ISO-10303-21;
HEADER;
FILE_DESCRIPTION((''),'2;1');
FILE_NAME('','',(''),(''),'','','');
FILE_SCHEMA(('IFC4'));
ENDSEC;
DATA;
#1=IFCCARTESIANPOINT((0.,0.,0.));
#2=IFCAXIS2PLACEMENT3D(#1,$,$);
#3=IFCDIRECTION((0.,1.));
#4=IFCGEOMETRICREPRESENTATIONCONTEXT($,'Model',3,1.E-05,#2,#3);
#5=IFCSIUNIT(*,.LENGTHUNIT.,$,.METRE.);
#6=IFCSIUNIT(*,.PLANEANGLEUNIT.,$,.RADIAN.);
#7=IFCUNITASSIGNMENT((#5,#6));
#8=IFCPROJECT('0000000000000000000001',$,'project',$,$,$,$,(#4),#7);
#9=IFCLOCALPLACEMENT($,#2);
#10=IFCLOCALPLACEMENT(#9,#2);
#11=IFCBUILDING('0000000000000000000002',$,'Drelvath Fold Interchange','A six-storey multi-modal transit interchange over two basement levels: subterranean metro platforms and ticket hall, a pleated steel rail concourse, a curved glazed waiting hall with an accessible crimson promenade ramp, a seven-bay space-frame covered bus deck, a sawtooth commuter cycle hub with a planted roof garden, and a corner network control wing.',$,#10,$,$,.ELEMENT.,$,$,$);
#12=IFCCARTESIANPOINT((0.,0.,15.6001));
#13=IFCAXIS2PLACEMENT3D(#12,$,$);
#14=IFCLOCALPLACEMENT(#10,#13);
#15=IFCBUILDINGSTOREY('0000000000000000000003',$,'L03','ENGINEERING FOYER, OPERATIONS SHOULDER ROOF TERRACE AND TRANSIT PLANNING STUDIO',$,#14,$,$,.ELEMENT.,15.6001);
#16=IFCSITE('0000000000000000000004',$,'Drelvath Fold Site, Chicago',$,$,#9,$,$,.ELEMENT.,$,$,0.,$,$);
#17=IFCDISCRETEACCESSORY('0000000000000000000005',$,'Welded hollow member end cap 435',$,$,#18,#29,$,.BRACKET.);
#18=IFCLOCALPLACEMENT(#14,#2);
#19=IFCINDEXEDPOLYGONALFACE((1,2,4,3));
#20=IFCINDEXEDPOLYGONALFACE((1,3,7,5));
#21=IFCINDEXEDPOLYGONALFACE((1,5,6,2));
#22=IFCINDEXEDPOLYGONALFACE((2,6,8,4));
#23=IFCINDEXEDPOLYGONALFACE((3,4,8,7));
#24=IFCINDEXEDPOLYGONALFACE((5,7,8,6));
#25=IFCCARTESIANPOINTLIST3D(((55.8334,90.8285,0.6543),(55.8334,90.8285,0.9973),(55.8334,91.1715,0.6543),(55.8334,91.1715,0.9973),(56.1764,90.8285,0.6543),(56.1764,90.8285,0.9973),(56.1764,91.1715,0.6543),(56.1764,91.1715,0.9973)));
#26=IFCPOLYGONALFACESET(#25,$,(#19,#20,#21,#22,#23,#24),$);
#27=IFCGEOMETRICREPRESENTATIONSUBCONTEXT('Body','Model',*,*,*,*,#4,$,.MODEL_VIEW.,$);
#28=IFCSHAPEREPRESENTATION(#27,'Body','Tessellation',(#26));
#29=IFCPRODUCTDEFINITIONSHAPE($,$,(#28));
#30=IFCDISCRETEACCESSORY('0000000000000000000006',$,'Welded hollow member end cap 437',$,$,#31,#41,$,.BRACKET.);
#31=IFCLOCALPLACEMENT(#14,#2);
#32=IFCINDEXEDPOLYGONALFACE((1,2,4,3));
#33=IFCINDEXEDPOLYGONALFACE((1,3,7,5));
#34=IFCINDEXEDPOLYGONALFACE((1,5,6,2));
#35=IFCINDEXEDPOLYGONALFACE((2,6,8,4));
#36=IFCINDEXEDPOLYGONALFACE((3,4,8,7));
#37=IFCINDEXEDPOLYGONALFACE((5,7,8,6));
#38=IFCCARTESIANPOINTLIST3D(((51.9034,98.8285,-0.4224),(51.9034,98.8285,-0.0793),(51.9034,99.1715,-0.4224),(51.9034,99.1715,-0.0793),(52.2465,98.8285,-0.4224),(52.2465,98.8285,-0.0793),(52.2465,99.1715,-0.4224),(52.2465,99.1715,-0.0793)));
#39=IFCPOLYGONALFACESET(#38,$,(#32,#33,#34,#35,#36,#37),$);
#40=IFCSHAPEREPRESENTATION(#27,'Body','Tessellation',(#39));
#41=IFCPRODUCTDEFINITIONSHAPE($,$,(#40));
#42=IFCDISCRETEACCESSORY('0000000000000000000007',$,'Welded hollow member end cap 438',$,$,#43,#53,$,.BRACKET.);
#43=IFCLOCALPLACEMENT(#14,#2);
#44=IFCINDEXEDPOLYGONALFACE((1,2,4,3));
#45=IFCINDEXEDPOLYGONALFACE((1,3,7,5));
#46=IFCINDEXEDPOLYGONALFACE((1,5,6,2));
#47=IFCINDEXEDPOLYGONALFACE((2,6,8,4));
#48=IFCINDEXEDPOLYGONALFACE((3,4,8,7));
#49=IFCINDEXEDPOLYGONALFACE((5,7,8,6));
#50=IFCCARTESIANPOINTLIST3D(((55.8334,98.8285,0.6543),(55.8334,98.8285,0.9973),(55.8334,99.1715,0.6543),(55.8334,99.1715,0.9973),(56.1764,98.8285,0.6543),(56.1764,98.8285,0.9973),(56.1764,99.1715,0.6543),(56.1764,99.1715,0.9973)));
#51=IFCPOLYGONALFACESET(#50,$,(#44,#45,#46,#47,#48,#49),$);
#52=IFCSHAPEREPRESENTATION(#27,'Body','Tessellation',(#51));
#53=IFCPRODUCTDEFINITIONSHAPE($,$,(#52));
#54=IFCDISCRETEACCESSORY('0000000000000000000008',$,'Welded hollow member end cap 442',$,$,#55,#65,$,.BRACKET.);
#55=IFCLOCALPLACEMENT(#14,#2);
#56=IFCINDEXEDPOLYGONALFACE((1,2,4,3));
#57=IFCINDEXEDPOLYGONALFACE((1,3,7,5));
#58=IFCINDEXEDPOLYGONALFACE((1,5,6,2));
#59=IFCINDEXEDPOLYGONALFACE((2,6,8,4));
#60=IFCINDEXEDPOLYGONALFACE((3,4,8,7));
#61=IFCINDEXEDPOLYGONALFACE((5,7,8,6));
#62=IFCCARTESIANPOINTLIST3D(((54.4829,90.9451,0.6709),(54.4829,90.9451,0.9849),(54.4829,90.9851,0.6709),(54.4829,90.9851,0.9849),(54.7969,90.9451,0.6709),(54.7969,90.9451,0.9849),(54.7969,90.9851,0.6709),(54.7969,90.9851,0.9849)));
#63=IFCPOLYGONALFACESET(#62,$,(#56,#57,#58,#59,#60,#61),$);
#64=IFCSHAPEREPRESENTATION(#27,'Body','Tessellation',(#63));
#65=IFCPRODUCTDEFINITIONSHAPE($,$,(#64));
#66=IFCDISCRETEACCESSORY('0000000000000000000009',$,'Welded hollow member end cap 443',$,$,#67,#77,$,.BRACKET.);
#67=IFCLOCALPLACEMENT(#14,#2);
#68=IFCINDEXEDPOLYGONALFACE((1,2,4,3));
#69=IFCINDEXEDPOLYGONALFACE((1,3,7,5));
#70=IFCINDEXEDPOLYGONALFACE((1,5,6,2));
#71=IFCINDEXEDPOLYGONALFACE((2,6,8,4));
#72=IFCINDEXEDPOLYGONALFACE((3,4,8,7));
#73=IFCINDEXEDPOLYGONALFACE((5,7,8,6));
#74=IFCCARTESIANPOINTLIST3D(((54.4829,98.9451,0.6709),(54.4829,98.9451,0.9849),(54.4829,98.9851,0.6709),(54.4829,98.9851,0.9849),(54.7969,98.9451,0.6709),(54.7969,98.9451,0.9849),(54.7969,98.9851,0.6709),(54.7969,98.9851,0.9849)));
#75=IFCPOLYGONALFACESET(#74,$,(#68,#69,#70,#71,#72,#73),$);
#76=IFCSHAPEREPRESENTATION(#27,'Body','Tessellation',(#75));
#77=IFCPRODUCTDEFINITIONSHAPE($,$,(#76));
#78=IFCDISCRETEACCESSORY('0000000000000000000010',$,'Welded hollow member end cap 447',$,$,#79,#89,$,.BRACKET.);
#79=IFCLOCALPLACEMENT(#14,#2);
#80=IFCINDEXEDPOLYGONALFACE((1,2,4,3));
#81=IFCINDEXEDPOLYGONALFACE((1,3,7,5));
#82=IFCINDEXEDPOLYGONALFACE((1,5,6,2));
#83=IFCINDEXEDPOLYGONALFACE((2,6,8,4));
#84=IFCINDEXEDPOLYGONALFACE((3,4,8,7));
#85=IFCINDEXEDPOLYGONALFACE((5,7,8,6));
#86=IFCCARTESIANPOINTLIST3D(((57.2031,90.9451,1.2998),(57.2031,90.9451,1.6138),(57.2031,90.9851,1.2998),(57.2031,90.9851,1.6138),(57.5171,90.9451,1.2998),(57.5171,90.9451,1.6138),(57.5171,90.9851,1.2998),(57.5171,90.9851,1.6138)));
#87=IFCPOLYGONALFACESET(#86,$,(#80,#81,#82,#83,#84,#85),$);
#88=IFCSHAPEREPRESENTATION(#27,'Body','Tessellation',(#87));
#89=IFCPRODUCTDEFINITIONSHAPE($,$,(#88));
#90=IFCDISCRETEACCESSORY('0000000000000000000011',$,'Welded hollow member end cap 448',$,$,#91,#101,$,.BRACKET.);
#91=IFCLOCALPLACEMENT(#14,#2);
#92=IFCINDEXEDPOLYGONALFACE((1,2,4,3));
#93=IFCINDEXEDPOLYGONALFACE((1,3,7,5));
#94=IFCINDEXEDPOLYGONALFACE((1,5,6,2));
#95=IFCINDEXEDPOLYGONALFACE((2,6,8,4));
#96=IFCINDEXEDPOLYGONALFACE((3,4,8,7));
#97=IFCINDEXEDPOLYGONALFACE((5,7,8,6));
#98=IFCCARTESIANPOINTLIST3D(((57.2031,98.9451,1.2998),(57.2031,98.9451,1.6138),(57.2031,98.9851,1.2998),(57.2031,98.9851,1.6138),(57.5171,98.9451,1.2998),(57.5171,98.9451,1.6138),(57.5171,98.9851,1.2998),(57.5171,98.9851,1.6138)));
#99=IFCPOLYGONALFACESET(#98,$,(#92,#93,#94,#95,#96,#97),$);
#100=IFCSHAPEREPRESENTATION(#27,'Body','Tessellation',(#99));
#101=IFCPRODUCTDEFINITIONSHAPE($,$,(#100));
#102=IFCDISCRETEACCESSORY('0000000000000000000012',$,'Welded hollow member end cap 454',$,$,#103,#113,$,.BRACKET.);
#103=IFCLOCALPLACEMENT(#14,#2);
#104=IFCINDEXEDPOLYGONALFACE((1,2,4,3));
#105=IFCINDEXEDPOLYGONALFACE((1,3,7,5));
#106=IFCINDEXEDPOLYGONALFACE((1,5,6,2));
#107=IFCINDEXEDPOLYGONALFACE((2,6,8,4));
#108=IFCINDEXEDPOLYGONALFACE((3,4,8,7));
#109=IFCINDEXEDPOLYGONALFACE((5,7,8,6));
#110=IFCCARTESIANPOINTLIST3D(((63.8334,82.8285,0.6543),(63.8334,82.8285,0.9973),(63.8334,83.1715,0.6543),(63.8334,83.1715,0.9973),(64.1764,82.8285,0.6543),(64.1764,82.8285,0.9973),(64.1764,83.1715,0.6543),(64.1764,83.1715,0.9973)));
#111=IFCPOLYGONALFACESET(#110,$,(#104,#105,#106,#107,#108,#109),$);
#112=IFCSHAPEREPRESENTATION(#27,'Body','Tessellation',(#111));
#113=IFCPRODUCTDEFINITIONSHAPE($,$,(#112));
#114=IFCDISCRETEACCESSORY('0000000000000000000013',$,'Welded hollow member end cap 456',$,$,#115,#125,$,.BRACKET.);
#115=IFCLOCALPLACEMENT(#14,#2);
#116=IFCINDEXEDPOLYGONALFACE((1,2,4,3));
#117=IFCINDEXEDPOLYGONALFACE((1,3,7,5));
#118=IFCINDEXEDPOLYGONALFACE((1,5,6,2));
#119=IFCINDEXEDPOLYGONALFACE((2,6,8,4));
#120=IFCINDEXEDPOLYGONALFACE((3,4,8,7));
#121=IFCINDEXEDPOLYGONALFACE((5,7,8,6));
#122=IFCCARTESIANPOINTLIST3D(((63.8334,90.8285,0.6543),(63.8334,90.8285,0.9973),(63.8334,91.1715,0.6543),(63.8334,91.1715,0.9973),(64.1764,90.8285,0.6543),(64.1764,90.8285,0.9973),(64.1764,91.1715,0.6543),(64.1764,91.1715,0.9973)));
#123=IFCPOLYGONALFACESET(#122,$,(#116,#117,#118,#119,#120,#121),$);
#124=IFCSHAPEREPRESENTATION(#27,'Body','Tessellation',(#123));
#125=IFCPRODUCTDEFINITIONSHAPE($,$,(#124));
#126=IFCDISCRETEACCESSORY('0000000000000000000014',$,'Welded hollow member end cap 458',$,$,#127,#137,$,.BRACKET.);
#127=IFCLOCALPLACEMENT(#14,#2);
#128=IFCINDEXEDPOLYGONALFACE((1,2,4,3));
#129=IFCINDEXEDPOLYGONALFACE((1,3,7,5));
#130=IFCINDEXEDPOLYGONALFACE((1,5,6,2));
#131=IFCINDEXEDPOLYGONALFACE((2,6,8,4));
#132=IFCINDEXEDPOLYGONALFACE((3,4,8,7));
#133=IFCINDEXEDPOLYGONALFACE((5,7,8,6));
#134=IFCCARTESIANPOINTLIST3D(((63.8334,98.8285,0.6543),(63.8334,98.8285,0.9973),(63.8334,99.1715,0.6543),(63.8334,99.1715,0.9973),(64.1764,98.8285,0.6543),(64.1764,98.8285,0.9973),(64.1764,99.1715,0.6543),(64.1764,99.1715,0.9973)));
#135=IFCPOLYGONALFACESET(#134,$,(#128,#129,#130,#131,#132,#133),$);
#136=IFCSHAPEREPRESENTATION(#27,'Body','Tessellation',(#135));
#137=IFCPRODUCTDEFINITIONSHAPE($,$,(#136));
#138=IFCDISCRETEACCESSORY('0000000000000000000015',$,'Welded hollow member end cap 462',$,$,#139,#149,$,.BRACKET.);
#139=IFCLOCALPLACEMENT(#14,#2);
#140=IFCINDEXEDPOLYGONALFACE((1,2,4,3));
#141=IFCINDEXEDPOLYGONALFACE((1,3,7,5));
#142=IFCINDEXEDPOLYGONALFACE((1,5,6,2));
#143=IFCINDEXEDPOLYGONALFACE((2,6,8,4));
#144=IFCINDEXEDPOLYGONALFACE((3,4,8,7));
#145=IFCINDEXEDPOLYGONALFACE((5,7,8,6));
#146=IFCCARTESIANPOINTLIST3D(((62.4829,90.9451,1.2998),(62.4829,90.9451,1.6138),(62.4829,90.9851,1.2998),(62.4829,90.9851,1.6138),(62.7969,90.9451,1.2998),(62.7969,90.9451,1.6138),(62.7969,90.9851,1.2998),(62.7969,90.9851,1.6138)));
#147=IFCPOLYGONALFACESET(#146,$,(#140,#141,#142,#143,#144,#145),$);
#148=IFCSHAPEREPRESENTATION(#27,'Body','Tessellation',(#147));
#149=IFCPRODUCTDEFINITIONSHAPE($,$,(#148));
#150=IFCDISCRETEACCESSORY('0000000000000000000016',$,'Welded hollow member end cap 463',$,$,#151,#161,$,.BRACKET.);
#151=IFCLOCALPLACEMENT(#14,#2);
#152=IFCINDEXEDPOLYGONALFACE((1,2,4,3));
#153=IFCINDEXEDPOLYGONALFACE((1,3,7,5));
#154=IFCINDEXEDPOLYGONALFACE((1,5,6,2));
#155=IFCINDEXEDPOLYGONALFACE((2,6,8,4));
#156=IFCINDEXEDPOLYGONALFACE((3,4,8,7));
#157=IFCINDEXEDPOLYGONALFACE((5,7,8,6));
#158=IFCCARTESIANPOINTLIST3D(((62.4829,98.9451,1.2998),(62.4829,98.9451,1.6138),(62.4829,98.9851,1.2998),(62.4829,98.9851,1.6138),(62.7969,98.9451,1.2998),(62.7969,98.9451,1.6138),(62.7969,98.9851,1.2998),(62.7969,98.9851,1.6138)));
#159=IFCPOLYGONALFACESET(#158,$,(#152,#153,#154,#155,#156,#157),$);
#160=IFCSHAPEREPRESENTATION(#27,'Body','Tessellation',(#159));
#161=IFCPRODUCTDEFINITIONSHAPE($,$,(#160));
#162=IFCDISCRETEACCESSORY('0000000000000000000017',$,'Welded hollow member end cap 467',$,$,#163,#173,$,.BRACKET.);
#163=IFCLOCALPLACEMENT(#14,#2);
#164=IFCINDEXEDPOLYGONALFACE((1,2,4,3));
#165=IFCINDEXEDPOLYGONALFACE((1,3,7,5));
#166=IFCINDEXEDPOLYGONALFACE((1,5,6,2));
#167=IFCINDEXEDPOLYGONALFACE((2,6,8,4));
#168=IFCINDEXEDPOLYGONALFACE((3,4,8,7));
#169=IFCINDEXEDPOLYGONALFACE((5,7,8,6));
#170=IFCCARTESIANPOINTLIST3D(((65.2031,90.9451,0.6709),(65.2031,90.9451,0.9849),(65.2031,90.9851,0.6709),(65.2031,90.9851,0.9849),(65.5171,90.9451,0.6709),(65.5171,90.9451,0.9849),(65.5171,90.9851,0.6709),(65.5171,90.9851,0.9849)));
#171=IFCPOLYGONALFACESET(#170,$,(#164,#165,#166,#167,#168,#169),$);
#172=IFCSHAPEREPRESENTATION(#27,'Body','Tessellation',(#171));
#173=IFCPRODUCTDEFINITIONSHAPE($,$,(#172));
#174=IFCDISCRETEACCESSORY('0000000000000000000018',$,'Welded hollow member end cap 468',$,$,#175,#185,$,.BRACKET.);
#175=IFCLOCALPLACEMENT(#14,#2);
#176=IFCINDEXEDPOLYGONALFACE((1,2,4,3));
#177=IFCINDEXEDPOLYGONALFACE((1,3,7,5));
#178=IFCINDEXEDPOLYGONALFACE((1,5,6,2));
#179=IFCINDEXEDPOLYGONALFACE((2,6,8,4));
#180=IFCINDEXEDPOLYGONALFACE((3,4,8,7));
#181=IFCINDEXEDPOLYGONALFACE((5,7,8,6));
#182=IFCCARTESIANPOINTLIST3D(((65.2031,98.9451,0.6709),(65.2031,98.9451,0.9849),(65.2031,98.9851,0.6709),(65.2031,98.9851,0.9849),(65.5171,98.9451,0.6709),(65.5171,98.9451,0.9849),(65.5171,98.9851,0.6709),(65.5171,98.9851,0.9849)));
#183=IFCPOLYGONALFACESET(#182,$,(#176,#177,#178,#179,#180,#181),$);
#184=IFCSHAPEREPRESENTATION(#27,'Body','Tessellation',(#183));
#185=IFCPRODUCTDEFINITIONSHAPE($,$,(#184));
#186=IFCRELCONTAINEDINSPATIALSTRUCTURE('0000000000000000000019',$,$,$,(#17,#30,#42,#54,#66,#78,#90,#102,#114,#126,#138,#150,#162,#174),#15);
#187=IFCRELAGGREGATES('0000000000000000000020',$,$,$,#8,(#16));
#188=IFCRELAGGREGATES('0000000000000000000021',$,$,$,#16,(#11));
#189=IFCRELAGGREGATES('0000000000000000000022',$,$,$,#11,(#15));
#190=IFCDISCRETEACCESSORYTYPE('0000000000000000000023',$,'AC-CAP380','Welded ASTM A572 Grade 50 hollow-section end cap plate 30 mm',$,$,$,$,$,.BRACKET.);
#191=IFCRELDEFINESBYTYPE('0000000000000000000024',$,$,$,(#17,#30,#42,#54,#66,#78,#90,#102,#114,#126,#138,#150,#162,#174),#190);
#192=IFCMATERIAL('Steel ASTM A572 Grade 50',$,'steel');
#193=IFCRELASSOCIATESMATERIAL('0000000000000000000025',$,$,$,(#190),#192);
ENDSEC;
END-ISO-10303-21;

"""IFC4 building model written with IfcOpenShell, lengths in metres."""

from ifc_helpers import new_model, si_unit, direction, frame, origin, origin_2d, place, context, subcontext, project, spatial, rectangle, extrude, material, type_object, element, save


model = new_model("IFC4")

# Units and contexts
model_context = context("Model", 3, precision=1e-05, world=origin(), true_north=direction((0.0, 1.0)))
body_context = subcontext(model_context, "Body", "Model", "MODEL_VIEW")
ifc_project = project(units=[si_unit("LENGTHUNIT", "METRE"), si_unit("PLANEANGLEUNIT", "RADIAN")], contexts=[model_context])

# Site, building, storey
site_placement = place(None, origin())
site = spatial("IfcSite", under=ifc_project, at=site_placement, Name="Drelvath Fold Site, Chicago", CompositionType="ELEMENT", RefElevation=0.0)
building_placement = place(site_placement, origin())
building = spatial("IfcBuilding", under=site, at=building_placement, Name="Drelvath Fold Interchange", Description="A six-storey multi-modal transit interchange over two basement levels: subterranean metro platforms and ticket hall, a pleated steel rail concourse, a curved glazed waiting hall with an accessible crimson promenade ramp, a seven-bay space-frame covered bus deck, a sawtooth commuter cycle hub with a planted roof garden, and a corner network control wing.", CompositionType="ELEMENT")
storey_placement = place(building_placement, frame((0.0, 0.0, 15.6001)))
storey = spatial("IfcBuildingStorey", under=building, at=storey_placement, Name="L03", Description="ENGINEERING FOYER, OPERATIONS SHOULDER ROOF TERRACE AND TRANSIT PLANNING STUDIO", CompositionType="ELEMENT", Elevation=15.6001)

# Shared definitions
ifc_material_1 = material(Name="Steel ASTM A572 Grade 50", Category="steel")

# Discrete accessories
discrete_accessory_type = type_object("IfcDiscreteAccessoryType", Name="AC-CAP380", Description="Welded ASTM A572 Grade 50 hollow-section end cap plate 30 mm", PredefinedType="BRACKET", material=ifc_material_1)
for number, where, z_axis, x_axis, name in (
    (1, (56.0049, 91.0, 0.6543), (0.0, 0.0, 1.0), (1.0, 0.0, 0.0), "Welded hollow member end cap 435"),
    (2, (52.075, 99.0, -0.4224), (0.0, 0.0, 1.0), (1.0, 0.0, 0.0), "Welded hollow member end cap 437"),
    (3, (56.0049, 99.0, 0.6543), (0.0, 0.0, 1.0), (1.0, 0.0, 0.0), "Welded hollow member end cap 438"),
):
    element("IfcDiscreteAccessory", number, at=place(storey_placement, frame(where, z_axis=z_axis, x_axis=x_axis)), inside=storey, type_object=discrete_accessory_type, Name=name, PredefinedType="BRACKET", context=body_context, shape_type="SweptSolid", body=[
        extrude(rectangle(XDim=0.343, YDim=0.343, at=origin_2d()), origin(), (0.0, 0.0, 1.0), 0.343),
    ])
for number, where, z_axis, x_axis, name in (
    (4, (54.6399, 90.9651, 0.6709), (0.0, 0.0, 1.0), (1.0, 0.0, 0.0), "Welded hollow member end cap 442"),
    (5, (54.6399, 98.9651, 0.6709), (0.0, 0.0, 1.0), (1.0, 0.0, 0.0), "Welded hollow member end cap 443"),
    (6, (57.3601, 90.9651, 1.2998), (0.0, 0.0, 1.0), (1.0, 0.0, 0.0), "Welded hollow member end cap 447"),
    (7, (57.3601, 98.9651, 1.2998), (0.0, 0.0, 1.0), (1.0, 0.0, 0.0), "Welded hollow member end cap 448"),
):
    element("IfcDiscreteAccessory", number, at=place(storey_placement, frame(where, z_axis=z_axis, x_axis=x_axis)), inside=storey, type_object=discrete_accessory_type, Name=name, PredefinedType="BRACKET", context=body_context, shape_type="SweptSolid", body=[
        extrude(rectangle(XDim=0.314, YDim=0.04, at=origin_2d()), origin(), (0.0, 0.0, 1.0), 0.314),
    ])
for number, where, z_axis, x_axis, name in (
    (8, (64.0049, 83.0, 0.6543), (0.0, 0.0, 1.0), (1.0, 0.0, 0.0), "Welded hollow member end cap 454"),
    (9, (64.0049, 91.0, 0.6543), (0.0, 0.0, 1.0), (1.0, 0.0, 0.0), "Welded hollow member end cap 456"),
    (10, (64.0049, 99.0, 0.6543), (0.0, 0.0, 1.0), (1.0, 0.0, 0.0), "Welded hollow member end cap 458"),
):
    element("IfcDiscreteAccessory", number, at=place(storey_placement, frame(where, z_axis=z_axis, x_axis=x_axis)), inside=storey, type_object=discrete_accessory_type, Name=name, PredefinedType="BRACKET", context=body_context, shape_type="SweptSolid", body=[
        extrude(rectangle(XDim=0.343, YDim=0.343, at=origin_2d()), origin(), (0.0, 0.0, 1.0), 0.343),
    ])
for number, where, z_axis, x_axis, name in (
    (11, (62.6399, 90.9651, 1.2998), (0.0, 0.0, 1.0), (1.0, 0.0, 0.0), "Welded hollow member end cap 462"),
    (12, (62.6399, 98.9651, 1.2998), (0.0, 0.0, 1.0), (1.0, 0.0, 0.0), "Welded hollow member end cap 463"),
    (13, (65.3601, 90.9651, 0.6709), (0.0, 0.0, 1.0), (1.0, 0.0, 0.0), "Welded hollow member end cap 467"),
    (14, (65.3601, 98.9651, 0.6709), (0.0, 0.0, 1.0), (1.0, 0.0, 0.0), "Welded hollow member end cap 468"),
):
    element("IfcDiscreteAccessory", number, at=place(storey_placement, frame(where, z_axis=z_axis, x_axis=x_axis)), inside=storey, type_object=discrete_accessory_type, Name=name, PredefinedType="BRACKET", context=body_context, shape_type="SweptSolid", body=[
        extrude(rectangle(XDim=0.314, YDim=0.04, at=origin_2d()), origin(), (0.0, 0.0, 1.0), 0.314),
    ])

save(model, "model.ifc")
